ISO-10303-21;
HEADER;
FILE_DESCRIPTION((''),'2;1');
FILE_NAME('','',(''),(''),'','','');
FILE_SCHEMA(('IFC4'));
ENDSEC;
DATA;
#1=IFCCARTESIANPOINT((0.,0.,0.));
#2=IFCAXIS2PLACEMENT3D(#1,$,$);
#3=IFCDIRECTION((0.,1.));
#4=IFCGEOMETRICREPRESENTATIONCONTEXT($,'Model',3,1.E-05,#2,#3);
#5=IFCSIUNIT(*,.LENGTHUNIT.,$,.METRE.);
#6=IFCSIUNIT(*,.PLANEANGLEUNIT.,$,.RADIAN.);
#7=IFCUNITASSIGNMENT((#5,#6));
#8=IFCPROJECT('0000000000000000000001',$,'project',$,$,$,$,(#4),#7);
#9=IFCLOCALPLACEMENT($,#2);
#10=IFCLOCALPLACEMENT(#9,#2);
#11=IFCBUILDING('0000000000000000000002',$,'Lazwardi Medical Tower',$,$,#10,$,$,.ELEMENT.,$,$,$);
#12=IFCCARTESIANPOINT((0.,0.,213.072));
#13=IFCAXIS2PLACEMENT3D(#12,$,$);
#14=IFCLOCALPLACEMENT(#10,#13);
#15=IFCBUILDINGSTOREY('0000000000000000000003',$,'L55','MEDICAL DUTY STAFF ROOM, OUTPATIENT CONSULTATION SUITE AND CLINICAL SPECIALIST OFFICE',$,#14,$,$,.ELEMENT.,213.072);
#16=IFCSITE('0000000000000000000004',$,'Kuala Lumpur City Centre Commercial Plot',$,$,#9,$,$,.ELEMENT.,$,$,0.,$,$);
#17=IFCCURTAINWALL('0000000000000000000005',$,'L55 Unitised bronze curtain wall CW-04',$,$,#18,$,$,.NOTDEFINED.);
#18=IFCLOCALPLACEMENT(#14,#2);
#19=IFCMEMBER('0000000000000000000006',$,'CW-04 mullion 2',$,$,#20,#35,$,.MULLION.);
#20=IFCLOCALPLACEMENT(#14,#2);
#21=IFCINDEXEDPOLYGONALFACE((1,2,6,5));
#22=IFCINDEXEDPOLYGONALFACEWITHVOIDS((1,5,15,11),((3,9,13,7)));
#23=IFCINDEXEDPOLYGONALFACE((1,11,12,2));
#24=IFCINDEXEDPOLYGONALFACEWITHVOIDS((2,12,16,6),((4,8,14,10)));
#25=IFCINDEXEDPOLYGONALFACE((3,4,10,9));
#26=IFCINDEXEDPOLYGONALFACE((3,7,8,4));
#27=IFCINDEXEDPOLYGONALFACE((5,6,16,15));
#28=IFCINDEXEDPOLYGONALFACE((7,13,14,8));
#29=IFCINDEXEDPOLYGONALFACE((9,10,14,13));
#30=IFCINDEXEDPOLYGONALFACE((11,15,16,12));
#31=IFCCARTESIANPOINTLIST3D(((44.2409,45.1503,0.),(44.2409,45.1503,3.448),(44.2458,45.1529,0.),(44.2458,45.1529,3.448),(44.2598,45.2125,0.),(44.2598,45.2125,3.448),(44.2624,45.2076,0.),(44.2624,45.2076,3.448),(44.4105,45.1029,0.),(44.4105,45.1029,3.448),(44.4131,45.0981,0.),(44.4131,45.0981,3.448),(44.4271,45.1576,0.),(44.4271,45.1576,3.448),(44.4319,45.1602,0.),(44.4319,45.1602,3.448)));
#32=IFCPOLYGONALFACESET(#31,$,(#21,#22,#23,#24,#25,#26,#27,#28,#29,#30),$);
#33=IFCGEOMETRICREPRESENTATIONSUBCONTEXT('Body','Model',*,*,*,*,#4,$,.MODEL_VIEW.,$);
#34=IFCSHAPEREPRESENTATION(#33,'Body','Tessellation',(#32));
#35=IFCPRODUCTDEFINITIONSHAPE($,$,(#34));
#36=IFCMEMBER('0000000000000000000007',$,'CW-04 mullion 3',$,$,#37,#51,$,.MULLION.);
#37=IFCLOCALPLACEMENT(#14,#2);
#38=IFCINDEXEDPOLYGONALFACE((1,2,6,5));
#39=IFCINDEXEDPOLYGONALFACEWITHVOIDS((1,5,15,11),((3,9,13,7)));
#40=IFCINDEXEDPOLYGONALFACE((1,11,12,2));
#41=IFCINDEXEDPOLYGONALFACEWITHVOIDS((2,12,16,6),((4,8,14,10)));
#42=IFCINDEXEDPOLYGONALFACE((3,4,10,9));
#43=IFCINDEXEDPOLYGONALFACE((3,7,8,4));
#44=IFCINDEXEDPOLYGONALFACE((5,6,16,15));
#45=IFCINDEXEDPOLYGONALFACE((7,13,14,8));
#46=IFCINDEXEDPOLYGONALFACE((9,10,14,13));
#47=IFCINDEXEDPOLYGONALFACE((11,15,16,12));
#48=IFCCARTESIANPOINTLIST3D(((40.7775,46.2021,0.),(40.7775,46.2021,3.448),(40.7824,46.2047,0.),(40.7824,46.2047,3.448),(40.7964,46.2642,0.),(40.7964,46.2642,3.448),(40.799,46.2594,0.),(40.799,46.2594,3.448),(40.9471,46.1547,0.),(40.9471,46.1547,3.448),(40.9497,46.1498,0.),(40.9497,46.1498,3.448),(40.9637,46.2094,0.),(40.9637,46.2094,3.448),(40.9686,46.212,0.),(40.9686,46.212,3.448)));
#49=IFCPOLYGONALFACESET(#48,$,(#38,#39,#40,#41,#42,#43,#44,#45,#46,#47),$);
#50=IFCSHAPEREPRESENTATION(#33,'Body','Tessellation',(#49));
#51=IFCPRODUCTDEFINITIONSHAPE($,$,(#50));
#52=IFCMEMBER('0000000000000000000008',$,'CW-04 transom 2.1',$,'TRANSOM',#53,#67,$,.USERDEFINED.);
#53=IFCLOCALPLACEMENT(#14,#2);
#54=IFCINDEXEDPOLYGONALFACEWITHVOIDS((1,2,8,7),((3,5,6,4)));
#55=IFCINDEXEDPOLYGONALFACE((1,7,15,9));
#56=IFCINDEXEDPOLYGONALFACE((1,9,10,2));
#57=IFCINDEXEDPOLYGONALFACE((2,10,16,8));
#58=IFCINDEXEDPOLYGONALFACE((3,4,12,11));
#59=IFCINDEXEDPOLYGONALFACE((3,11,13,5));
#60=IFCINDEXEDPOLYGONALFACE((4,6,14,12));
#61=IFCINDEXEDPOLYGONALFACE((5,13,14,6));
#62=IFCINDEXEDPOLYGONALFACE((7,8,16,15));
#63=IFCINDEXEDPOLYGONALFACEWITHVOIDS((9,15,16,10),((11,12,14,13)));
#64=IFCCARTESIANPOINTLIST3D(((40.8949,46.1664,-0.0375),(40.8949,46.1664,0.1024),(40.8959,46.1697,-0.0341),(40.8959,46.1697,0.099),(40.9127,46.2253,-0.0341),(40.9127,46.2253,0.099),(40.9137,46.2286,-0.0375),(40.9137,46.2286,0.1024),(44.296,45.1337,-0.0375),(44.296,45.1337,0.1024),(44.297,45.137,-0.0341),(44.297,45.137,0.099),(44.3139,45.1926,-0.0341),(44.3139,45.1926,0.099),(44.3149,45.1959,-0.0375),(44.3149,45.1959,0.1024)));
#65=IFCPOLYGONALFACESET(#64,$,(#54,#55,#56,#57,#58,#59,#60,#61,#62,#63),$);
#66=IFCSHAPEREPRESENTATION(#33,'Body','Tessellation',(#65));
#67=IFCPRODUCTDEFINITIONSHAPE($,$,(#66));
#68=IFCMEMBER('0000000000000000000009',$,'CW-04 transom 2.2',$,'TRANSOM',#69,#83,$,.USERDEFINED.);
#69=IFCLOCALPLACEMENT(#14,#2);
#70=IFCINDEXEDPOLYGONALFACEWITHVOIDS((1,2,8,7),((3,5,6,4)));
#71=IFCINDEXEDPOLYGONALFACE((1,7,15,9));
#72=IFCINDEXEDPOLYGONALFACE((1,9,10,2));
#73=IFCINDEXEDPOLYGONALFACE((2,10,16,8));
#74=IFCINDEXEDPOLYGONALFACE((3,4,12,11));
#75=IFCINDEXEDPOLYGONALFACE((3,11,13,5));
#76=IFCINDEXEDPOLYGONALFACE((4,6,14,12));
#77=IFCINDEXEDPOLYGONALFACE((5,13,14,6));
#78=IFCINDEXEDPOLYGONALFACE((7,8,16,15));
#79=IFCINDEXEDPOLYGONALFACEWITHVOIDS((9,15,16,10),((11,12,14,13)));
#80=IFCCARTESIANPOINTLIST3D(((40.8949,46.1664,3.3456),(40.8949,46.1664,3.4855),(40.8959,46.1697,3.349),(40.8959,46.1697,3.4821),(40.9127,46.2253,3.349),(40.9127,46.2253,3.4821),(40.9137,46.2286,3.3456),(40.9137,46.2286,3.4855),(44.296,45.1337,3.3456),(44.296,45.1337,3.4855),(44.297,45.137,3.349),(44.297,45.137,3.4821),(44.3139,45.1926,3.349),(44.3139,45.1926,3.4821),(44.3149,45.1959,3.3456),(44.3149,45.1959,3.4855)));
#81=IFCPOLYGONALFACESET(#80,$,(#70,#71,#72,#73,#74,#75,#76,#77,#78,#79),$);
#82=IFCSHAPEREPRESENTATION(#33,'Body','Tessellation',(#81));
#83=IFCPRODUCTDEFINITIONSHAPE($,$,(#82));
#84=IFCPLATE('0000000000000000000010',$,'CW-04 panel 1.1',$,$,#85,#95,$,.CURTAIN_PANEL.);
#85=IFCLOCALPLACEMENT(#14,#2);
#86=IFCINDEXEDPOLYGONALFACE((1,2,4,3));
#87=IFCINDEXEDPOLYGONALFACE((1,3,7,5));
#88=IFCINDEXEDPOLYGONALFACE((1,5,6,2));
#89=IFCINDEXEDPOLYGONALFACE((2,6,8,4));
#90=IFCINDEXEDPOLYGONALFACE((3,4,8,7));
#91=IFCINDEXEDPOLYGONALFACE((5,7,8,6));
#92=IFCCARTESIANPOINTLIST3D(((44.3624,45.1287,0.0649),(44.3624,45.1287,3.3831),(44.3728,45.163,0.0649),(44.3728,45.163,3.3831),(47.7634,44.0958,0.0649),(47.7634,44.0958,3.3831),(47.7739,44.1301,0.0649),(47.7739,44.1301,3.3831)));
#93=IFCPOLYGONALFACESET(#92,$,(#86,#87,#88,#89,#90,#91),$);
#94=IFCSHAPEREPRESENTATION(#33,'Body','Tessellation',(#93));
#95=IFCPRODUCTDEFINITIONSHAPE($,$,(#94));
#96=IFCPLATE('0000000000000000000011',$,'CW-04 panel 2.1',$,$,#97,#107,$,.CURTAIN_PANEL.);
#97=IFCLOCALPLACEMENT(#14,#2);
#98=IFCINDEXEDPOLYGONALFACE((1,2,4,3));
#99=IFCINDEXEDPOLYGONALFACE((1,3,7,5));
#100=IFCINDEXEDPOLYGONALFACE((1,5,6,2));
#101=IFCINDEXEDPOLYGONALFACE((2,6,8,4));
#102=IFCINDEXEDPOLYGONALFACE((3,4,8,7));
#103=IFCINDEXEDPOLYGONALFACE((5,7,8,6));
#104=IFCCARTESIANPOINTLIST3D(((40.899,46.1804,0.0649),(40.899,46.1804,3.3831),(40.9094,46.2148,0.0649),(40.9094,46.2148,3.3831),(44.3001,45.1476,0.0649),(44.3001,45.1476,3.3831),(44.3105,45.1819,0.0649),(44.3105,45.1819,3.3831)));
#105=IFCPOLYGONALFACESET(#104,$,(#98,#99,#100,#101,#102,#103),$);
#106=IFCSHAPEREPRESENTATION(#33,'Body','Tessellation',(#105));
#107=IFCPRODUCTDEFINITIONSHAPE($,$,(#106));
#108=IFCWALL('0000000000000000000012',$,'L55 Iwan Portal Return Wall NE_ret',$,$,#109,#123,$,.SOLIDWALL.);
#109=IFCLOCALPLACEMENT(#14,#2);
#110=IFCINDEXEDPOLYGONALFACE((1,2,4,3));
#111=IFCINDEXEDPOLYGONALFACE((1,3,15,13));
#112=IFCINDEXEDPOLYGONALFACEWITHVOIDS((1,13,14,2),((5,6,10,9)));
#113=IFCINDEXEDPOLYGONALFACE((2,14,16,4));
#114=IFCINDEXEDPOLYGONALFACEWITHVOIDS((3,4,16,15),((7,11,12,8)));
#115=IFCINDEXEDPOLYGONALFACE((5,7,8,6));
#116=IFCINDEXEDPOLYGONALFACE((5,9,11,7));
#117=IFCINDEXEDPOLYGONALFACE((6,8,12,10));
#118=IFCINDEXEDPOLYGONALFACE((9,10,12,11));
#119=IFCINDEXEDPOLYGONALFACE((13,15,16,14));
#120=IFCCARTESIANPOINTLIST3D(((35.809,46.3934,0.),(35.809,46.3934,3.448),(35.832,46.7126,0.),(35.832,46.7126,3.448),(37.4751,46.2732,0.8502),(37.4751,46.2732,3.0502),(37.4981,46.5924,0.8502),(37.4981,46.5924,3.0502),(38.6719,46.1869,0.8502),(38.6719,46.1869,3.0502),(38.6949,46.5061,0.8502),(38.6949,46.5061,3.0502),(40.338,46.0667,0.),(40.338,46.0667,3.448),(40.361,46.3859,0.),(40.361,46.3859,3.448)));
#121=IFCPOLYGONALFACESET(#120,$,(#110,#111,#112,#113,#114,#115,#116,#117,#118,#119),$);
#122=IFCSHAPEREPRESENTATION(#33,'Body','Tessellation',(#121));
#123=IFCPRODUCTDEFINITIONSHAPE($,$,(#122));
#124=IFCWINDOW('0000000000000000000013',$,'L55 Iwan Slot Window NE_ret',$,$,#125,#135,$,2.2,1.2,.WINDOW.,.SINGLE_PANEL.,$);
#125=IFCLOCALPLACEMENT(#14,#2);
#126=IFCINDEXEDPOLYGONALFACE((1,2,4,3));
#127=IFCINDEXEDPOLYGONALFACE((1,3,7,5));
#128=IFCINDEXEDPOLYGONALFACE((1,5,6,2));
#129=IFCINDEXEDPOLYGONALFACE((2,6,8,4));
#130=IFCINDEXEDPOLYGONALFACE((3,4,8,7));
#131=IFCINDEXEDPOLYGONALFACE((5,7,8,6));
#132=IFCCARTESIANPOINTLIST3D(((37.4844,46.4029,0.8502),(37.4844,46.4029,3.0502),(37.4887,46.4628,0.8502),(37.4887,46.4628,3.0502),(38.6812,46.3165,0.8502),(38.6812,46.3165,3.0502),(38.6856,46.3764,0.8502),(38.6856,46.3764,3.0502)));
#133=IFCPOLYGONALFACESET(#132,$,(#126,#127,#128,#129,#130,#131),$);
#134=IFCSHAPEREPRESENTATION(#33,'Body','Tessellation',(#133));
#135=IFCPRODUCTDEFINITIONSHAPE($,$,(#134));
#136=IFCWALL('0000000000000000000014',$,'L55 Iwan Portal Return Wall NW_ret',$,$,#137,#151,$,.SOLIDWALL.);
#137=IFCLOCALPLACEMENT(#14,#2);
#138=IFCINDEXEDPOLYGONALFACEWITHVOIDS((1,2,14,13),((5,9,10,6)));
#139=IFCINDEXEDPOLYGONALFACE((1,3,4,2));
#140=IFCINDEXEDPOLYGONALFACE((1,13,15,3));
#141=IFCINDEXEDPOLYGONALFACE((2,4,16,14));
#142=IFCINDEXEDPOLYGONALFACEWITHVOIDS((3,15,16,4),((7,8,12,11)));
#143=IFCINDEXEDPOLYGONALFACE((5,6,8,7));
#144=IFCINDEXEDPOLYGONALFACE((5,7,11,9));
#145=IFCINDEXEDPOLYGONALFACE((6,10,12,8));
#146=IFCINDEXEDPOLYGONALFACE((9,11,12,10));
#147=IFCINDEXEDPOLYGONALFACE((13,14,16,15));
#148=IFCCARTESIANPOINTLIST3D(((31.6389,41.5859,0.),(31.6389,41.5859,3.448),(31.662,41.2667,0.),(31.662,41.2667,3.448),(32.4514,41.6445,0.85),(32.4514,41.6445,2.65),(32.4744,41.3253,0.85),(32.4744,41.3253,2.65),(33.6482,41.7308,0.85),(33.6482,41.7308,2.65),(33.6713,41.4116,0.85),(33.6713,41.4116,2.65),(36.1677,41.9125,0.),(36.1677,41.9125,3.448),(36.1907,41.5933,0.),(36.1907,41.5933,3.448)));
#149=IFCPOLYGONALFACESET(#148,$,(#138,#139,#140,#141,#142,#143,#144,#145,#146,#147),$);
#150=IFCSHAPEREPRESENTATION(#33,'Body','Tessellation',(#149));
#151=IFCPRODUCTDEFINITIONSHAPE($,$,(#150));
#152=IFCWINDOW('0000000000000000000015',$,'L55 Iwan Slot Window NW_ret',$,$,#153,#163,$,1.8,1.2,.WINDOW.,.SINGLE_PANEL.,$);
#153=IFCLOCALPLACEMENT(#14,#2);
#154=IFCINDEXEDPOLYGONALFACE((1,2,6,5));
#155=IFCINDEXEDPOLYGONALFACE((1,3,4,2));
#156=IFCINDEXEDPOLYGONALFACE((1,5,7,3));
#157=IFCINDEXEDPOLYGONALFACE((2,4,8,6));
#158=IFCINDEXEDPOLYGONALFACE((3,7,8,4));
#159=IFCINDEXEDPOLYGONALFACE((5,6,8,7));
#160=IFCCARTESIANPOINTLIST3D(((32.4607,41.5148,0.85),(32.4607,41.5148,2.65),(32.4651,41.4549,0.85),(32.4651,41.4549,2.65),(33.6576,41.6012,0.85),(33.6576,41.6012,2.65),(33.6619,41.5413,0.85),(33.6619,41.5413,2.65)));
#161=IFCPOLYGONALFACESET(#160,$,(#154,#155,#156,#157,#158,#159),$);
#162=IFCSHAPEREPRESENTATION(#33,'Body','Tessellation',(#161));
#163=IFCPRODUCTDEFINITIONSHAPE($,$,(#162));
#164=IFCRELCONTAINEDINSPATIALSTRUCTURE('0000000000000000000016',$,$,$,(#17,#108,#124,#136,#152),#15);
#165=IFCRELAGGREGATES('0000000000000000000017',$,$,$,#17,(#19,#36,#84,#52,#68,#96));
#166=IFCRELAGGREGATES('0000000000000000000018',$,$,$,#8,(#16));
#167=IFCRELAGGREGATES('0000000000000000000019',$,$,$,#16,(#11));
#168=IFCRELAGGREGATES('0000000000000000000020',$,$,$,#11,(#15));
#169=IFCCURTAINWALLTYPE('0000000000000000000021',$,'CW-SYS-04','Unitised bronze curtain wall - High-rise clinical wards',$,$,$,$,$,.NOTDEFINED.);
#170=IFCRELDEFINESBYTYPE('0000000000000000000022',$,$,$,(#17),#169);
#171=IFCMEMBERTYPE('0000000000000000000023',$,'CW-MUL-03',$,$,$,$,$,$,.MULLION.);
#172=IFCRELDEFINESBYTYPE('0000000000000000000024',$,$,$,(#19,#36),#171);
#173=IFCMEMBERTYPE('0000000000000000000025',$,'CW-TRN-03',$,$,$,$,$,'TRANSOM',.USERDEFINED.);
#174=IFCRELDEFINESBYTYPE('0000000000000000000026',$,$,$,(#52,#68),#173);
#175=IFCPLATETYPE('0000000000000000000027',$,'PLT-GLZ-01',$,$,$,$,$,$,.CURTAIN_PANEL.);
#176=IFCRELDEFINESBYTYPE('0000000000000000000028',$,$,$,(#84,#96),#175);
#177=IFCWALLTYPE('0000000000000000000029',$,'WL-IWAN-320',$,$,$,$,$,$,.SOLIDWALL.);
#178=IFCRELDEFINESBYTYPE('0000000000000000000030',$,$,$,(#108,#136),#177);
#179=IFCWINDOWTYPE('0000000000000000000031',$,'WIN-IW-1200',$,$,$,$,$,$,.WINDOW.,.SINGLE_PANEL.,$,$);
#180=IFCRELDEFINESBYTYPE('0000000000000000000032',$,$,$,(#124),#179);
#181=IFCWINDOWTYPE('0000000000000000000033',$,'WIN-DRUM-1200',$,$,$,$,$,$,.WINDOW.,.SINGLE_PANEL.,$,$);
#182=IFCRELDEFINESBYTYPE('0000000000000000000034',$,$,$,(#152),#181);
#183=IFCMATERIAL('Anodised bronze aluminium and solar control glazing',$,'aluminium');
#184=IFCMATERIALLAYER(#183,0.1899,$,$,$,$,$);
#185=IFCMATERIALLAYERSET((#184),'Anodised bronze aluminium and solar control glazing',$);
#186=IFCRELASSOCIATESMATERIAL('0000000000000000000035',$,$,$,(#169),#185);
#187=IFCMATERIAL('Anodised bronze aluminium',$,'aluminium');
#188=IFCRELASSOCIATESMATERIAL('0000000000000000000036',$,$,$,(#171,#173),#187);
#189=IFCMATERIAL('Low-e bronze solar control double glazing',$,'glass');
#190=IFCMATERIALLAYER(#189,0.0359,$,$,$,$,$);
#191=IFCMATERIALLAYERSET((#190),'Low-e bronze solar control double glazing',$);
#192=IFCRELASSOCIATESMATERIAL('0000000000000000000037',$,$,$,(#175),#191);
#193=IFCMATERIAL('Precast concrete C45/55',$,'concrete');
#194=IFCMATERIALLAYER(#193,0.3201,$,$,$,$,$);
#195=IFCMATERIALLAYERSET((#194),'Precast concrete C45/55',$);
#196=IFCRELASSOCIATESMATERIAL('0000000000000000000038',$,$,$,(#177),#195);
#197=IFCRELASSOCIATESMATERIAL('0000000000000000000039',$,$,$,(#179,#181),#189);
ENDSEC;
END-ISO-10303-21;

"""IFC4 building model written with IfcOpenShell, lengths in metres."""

from ifc_helpers import new_model, si_unit, direction, frame, frame_2d, origin, origin_2d, place, context, subcontext, project, spatial, rectangle, hollow_rectangle, extrude, material, layer, layer_set, material_profile, profile_set, type_object, element, fill, aggregate, save


model = new_model("IFC4")

# Units and contexts
model_context = context("Model", 3, precision=1e-05, world=origin(), true_north=direction((0.0, 1.0)))
body_context = subcontext(model_context, "Body", "Model", "MODEL_VIEW")
ifc_project = project(units=[si_unit("LENGTHUNIT", "METRE"), si_unit("PLANEANGLEUNIT", "RADIAN")], contexts=[model_context])

# Site, building, storey
site_placement = place(None, origin())
site = spatial("IfcSite", under=ifc_project, at=site_placement, Name="Kuala Lumpur City Centre Commercial Plot", CompositionType="ELEMENT", RefElevation=0.0)
building_placement = place(site_placement, origin())
building = spatial("IfcBuilding", under=site, at=building_placement, Name="Lazwardi Medical Tower", CompositionType="ELEMENT")
storey_placement = place(building_placement, frame((0.0, 0.0, 213.072)))
storey = spatial("IfcBuildingStorey", under=building, at=storey_placement, Name="L55", Description="MEDICAL DUTY STAFF ROOM, OUTPATIENT CONSULTATION SUITE AND CLINICAL SPECIALIST OFFICE", CompositionType="ELEMENT", Elevation=213.072)

# Curtain wall, members, plates
ifc_material_1 = material(Name="Anodised bronze aluminium and solar control glazing", Category="aluminium")
ifc_layer_1 = layer(ifc_material_1, 0.1899)
ifc_layer_set_1 = layer_set([ifc_layer_1], Name="Anodised bronze aluminium and solar control glazing")
curtain_wall_type = type_object("IfcCurtainWallType", Name="CW-SYS-04", Description="Unitised bronze curtain wall - High-rise clinical wards", PredefinedType="NOTDEFINED", material=ifc_layer_set_1)
curtain_wall_placement = place(storey_placement, origin())
curtain_wall = element("IfcCurtainWall", 1, at=curtain_wall_placement, inside=storey, type_object=curtain_wall_type, Name="L55 Unitised bronze curtain wall CW-04", PredefinedType="NOTDEFINED")
ifc_material_2 = material(Name="Anodised bronze aluminium", Category="aluminium")
ifc_material_profile_1 = material_profile(ifc_material_2, hollow_rectangle(XDim=0.0649, YDim=0.1799, WallThickness=0.0039, at=origin_2d()), Name="ALU-MULLION 180x65x4")
ifc_profile_set_1 = profile_set([ifc_material_profile_1], Name="Anodised bronze aluminium")
member_type_1 = type_object("IfcMemberType", Name="CW-MUL-03", PredefinedType="MULLION", material=ifc_profile_set_1)
member_1_placement = place(storey_placement, frame((44.3364, 45.1553, 0.0), z_axis=(0.0, 0.0, 1.0), x_axis=(-0.290582, -0.95685, 0.0)))
member_1 = element("IfcMember", 2, at=member_1_placement, type_object=member_type_1, Name="CW-04 mullion 2", PredefinedType="MULLION", context=body_context, shape_type="SweptSolid", body=[
    extrude(hollow_rectangle(XDim=0.0649, YDim=0.1799, WallThickness=0.0039, at=origin_2d()), origin(), (0.0, 0.0, 1.0), 3.448),
])
member_2_placement = place(storey_placement, frame((40.873, 46.207, 0.0), z_axis=(0.0, 0.0, 1.0), x_axis=(-0.290582, -0.95685, 0.0)))
member_2 = element("IfcMember", 3, at=member_2_placement, type_object=member_type_1, Name="CW-04 mullion 3", PredefinedType="MULLION", context=body_context, shape_type="SweptSolid", body=[
    extrude(hollow_rectangle(XDim=0.0649, YDim=0.1799, WallThickness=0.0039, at=origin_2d()), origin(), (0.0, 0.0, 1.0), 3.448),
])
ifc_material_profile_2 = material_profile(ifc_material_2, hollow_rectangle(XDim=0.0649, YDim=0.1399, WallThickness=0.0034, at=origin_2d()), Name="ALU-TRANSOM 140x65x3.5")
ifc_profile_set_2 = profile_set([ifc_material_profile_2], Name="Anodised bronze aluminium")
member_type_2 = type_object("IfcMemberType", Name="CW-TRN-03", ElementType="TRANSOM", PredefinedType="USERDEFINED", material=ifc_profile_set_2)
member_3_placement = place(storey_placement, frame((44.3054, 45.1648, 0.0325), z_axis=(-0.956863, 0.290541, 0.0), x_axis=(-0.290541, -0.956863, 0.0)))
member_3 = element("IfcMember", 4, at=member_3_placement, type_object=member_type_2, Name="CW-04 transom 2.1", ObjectType="TRANSOM", PredefinedType="USERDEFINED", context=body_context, shape_type="SweptSolid", body=[
    extrude(hollow_rectangle(XDim=0.0649, YDim=0.1399, WallThickness=0.0034, at=origin_2d()), origin(), (0.0, 0.0, 1.0), 3.5544),
])
member_4_placement = place(storey_placement, frame((44.3054, 45.1648, 3.4155), z_axis=(-0.956863, 0.290541, 0.0), x_axis=(-0.290541, -0.956863, 0.0)))
member_4 = element("IfcMember", 5, at=member_4_placement, type_object=member_type_2, Name="CW-04 transom 2.2", ObjectType="TRANSOM", PredefinedType="USERDEFINED", context=body_context, shape_type="SweptSolid", body=[
    extrude(hollow_rectangle(XDim=0.0649, YDim=0.1399, WallThickness=0.0034, at=origin_2d()), origin(), (0.0, 0.0, 1.0), 3.5544),
])
ifc_material_3 = material(Name="Low-e bronze solar control double glazing", Category="glass")
ifc_layer_2 = layer(ifc_material_3, 0.0359)
ifc_layer_set_2 = layer_set([ifc_layer_2], Name="Low-e bronze solar control double glazing")
plate_type = type_object("IfcPlateType", Name="PLT-GLZ-01", PredefinedType="CURTAIN_PANEL", material=ifc_layer_set_2)
plate_1_placement = place(storey_placement, frame((46.0681, 44.6294, 0.0649), z_axis=(0.0, 0.0, 1.0), x_axis=(-0.95685, 0.290582, 0.0)))
plate_1 = element("IfcPlate", 6, at=plate_1_placement, type_object=plate_type, Name="CW-04 panel 1.1", PredefinedType="CURTAIN_PANEL", context=body_context, shape_type="SweptSolid", body=[
    extrude(rectangle(XDim=3.5544, YDim=0.0359, at=origin_2d()), origin(), (0.0, 0.0, 1.0), 3.3181),
])
plate_2_placement = place(storey_placement, frame((42.6047, 45.6812, 0.0649), z_axis=(0.0, 0.0, 1.0), x_axis=(-0.95685, 0.290582, 0.0)))
plate_2 = element("IfcPlate", 7, at=plate_2_placement, type_object=plate_type, Name="CW-04 panel 2.1", PredefinedType="CURTAIN_PANEL", context=body_context, shape_type="SweptSolid", body=[
    extrude(rectangle(XDim=3.5544, YDim=0.0359, at=origin_2d()), origin(), (0.0, 0.0, 1.0), 3.3181),
])
aggregate(curtain_wall, [member_1, member_2, plate_1, member_3, member_4, plate_2])

# Walls, openings, windows
ifc_material_4 = material(Name="Precast concrete C45/55", Category="concrete")
ifc_layer_3 = layer(ifc_material_4, 0.3201)
ifc_layer_set_3 = layer_set([ifc_layer_3], Name="Precast concrete C45/55")
wall_type = type_object("IfcWallType", Name="WL-IWAN-320", PredefinedType="SOLIDWALL", material=ifc_layer_set_3)
wall_1_placement = place(storey_placement, frame((40.3496, 46.2263, 0.0), z_axis=(0.0, 0.0, 1.0), x_axis=(-0.997409, 0.071939, 0.0)))
wall_1 = element("IfcWall", 8, at=wall_1_placement, inside=storey, type_object=wall_type, Name="L55 Iwan Portal Return Wall NE_ret", PredefinedType="SOLIDWALL", context=body_context, shape_type="SweptSolid", body=[
    extrude(rectangle(XDim=4.5408, YDim=0.3201, at=frame_2d((2.2705, 0.0))), origin(), (0.0, 0.0, 1.0), 3.448),
])
opening_1_placement = place(wall_1_placement, frame((1.6704, 0.0, 0.8501)))
opening_1 = element("IfcOpeningElement", 9, at=opening_1_placement, cuts=wall_1, PredefinedType="OPENING", context=body_context, shape_type="SweptSolid", body=[
    extrude(rectangle(XDim=1.2, YDim=2.2, at=frame_2d((0.6001, 1.1001))), frame((0.0, 0.1699, 0.0), z_axis=(0.0, -1.0, 0.0), x_axis=(1.0, 0.0, 0.0)), (0.0, 0.0, 1.0), 0.3401),
])
window_type_1 = type_object("IfcWindowType", Name="WIN-IW-1200", PartitioningType="SINGLE_PANEL", PredefinedType="WINDOW", material=ifc_material_3)
window_1_placement = place(opening_1_placement, origin())
window_1 = element("IfcWindow", 10, at=window_1_placement, inside=storey, type_object=window_type_1, Name="L55 Iwan Slot Window NE_ret", OverallHeight=2.2, OverallWidth=1.2, PartitioningType="SINGLE_PANEL", PredefinedType="WINDOW", context=body_context, shape_type="SweptSolid", body=[
    extrude(rectangle(XDim=1.2, YDim=2.2, at=frame_2d((0.6001, 1.1001))), frame((0.0, 0.03, 0.0), z_axis=(0.0, -1.0, 0.0), x_axis=(1.0, 0.0, 0.0)), (0.0, 0.0, 1.0), 0.0601),
])
fill(opening_1, window_1)
wall_2_placement = place(storey_placement, frame((36.1792, 41.7529, 0.0), z_axis=(0.0, 0.0, 1.0), x_axis=(-0.997409, -0.071942, 0.0)))
wall_2 = element("IfcWall", 11, at=wall_2_placement, inside=storey, type_object=wall_type, Name="L55 Iwan Portal Return Wall NW_ret", PredefinedType="SOLIDWALL", context=body_context, shape_type="SweptSolid", body=[
    extrude(rectangle(XDim=4.5405, YDim=0.3201, at=frame_2d((2.2703, 0.0))), origin(), (0.0, 0.0, 1.0), 3.448),
])
opening_2_placement = place(wall_2_placement, frame((2.5259, 0.0, 0.8501)))
opening_2 = element("IfcOpeningElement", 12, at=opening_2_placement, cuts=wall_2, PredefinedType="OPENING", context=body_context, shape_type="SweptSolid", body=[
    extrude(rectangle(XDim=1.2, YDim=1.8, at=frame_2d((0.6001, 0.8999))), frame((0.0, 0.1699, 0.0), z_axis=(0.0, -1.0, 0.0), x_axis=(1.0, 0.0, 0.0)), (0.0, 0.0, 1.0), 0.3401),
])
window_type_2 = type_object("IfcWindowType", Name="WIN-DRUM-1200", PartitioningType="SINGLE_PANEL", PredefinedType="WINDOW", material=ifc_material_3)
window_2_placement = place(opening_2_placement, origin())
window_2 = element("IfcWindow", 13, at=window_2_placement, inside=storey, type_object=window_type_2, Name="L55 Iwan Slot Window NW_ret", OverallHeight=1.8, OverallWidth=1.2, PartitioningType="SINGLE_PANEL", PredefinedType="WINDOW", context=body_context, shape_type="SweptSolid", body=[
    extrude(rectangle(XDim=1.2, YDim=1.8, at=frame_2d((0.6001, 0.8999))), frame((0.0, 0.03, 0.0), z_axis=(0.0, -1.0, 0.0), x_axis=(1.0, 0.0, 0.0)), (0.0, 0.0, 1.0), 0.0601),
])
fill(opening_2, window_2)

save(model, "model.ifc")
